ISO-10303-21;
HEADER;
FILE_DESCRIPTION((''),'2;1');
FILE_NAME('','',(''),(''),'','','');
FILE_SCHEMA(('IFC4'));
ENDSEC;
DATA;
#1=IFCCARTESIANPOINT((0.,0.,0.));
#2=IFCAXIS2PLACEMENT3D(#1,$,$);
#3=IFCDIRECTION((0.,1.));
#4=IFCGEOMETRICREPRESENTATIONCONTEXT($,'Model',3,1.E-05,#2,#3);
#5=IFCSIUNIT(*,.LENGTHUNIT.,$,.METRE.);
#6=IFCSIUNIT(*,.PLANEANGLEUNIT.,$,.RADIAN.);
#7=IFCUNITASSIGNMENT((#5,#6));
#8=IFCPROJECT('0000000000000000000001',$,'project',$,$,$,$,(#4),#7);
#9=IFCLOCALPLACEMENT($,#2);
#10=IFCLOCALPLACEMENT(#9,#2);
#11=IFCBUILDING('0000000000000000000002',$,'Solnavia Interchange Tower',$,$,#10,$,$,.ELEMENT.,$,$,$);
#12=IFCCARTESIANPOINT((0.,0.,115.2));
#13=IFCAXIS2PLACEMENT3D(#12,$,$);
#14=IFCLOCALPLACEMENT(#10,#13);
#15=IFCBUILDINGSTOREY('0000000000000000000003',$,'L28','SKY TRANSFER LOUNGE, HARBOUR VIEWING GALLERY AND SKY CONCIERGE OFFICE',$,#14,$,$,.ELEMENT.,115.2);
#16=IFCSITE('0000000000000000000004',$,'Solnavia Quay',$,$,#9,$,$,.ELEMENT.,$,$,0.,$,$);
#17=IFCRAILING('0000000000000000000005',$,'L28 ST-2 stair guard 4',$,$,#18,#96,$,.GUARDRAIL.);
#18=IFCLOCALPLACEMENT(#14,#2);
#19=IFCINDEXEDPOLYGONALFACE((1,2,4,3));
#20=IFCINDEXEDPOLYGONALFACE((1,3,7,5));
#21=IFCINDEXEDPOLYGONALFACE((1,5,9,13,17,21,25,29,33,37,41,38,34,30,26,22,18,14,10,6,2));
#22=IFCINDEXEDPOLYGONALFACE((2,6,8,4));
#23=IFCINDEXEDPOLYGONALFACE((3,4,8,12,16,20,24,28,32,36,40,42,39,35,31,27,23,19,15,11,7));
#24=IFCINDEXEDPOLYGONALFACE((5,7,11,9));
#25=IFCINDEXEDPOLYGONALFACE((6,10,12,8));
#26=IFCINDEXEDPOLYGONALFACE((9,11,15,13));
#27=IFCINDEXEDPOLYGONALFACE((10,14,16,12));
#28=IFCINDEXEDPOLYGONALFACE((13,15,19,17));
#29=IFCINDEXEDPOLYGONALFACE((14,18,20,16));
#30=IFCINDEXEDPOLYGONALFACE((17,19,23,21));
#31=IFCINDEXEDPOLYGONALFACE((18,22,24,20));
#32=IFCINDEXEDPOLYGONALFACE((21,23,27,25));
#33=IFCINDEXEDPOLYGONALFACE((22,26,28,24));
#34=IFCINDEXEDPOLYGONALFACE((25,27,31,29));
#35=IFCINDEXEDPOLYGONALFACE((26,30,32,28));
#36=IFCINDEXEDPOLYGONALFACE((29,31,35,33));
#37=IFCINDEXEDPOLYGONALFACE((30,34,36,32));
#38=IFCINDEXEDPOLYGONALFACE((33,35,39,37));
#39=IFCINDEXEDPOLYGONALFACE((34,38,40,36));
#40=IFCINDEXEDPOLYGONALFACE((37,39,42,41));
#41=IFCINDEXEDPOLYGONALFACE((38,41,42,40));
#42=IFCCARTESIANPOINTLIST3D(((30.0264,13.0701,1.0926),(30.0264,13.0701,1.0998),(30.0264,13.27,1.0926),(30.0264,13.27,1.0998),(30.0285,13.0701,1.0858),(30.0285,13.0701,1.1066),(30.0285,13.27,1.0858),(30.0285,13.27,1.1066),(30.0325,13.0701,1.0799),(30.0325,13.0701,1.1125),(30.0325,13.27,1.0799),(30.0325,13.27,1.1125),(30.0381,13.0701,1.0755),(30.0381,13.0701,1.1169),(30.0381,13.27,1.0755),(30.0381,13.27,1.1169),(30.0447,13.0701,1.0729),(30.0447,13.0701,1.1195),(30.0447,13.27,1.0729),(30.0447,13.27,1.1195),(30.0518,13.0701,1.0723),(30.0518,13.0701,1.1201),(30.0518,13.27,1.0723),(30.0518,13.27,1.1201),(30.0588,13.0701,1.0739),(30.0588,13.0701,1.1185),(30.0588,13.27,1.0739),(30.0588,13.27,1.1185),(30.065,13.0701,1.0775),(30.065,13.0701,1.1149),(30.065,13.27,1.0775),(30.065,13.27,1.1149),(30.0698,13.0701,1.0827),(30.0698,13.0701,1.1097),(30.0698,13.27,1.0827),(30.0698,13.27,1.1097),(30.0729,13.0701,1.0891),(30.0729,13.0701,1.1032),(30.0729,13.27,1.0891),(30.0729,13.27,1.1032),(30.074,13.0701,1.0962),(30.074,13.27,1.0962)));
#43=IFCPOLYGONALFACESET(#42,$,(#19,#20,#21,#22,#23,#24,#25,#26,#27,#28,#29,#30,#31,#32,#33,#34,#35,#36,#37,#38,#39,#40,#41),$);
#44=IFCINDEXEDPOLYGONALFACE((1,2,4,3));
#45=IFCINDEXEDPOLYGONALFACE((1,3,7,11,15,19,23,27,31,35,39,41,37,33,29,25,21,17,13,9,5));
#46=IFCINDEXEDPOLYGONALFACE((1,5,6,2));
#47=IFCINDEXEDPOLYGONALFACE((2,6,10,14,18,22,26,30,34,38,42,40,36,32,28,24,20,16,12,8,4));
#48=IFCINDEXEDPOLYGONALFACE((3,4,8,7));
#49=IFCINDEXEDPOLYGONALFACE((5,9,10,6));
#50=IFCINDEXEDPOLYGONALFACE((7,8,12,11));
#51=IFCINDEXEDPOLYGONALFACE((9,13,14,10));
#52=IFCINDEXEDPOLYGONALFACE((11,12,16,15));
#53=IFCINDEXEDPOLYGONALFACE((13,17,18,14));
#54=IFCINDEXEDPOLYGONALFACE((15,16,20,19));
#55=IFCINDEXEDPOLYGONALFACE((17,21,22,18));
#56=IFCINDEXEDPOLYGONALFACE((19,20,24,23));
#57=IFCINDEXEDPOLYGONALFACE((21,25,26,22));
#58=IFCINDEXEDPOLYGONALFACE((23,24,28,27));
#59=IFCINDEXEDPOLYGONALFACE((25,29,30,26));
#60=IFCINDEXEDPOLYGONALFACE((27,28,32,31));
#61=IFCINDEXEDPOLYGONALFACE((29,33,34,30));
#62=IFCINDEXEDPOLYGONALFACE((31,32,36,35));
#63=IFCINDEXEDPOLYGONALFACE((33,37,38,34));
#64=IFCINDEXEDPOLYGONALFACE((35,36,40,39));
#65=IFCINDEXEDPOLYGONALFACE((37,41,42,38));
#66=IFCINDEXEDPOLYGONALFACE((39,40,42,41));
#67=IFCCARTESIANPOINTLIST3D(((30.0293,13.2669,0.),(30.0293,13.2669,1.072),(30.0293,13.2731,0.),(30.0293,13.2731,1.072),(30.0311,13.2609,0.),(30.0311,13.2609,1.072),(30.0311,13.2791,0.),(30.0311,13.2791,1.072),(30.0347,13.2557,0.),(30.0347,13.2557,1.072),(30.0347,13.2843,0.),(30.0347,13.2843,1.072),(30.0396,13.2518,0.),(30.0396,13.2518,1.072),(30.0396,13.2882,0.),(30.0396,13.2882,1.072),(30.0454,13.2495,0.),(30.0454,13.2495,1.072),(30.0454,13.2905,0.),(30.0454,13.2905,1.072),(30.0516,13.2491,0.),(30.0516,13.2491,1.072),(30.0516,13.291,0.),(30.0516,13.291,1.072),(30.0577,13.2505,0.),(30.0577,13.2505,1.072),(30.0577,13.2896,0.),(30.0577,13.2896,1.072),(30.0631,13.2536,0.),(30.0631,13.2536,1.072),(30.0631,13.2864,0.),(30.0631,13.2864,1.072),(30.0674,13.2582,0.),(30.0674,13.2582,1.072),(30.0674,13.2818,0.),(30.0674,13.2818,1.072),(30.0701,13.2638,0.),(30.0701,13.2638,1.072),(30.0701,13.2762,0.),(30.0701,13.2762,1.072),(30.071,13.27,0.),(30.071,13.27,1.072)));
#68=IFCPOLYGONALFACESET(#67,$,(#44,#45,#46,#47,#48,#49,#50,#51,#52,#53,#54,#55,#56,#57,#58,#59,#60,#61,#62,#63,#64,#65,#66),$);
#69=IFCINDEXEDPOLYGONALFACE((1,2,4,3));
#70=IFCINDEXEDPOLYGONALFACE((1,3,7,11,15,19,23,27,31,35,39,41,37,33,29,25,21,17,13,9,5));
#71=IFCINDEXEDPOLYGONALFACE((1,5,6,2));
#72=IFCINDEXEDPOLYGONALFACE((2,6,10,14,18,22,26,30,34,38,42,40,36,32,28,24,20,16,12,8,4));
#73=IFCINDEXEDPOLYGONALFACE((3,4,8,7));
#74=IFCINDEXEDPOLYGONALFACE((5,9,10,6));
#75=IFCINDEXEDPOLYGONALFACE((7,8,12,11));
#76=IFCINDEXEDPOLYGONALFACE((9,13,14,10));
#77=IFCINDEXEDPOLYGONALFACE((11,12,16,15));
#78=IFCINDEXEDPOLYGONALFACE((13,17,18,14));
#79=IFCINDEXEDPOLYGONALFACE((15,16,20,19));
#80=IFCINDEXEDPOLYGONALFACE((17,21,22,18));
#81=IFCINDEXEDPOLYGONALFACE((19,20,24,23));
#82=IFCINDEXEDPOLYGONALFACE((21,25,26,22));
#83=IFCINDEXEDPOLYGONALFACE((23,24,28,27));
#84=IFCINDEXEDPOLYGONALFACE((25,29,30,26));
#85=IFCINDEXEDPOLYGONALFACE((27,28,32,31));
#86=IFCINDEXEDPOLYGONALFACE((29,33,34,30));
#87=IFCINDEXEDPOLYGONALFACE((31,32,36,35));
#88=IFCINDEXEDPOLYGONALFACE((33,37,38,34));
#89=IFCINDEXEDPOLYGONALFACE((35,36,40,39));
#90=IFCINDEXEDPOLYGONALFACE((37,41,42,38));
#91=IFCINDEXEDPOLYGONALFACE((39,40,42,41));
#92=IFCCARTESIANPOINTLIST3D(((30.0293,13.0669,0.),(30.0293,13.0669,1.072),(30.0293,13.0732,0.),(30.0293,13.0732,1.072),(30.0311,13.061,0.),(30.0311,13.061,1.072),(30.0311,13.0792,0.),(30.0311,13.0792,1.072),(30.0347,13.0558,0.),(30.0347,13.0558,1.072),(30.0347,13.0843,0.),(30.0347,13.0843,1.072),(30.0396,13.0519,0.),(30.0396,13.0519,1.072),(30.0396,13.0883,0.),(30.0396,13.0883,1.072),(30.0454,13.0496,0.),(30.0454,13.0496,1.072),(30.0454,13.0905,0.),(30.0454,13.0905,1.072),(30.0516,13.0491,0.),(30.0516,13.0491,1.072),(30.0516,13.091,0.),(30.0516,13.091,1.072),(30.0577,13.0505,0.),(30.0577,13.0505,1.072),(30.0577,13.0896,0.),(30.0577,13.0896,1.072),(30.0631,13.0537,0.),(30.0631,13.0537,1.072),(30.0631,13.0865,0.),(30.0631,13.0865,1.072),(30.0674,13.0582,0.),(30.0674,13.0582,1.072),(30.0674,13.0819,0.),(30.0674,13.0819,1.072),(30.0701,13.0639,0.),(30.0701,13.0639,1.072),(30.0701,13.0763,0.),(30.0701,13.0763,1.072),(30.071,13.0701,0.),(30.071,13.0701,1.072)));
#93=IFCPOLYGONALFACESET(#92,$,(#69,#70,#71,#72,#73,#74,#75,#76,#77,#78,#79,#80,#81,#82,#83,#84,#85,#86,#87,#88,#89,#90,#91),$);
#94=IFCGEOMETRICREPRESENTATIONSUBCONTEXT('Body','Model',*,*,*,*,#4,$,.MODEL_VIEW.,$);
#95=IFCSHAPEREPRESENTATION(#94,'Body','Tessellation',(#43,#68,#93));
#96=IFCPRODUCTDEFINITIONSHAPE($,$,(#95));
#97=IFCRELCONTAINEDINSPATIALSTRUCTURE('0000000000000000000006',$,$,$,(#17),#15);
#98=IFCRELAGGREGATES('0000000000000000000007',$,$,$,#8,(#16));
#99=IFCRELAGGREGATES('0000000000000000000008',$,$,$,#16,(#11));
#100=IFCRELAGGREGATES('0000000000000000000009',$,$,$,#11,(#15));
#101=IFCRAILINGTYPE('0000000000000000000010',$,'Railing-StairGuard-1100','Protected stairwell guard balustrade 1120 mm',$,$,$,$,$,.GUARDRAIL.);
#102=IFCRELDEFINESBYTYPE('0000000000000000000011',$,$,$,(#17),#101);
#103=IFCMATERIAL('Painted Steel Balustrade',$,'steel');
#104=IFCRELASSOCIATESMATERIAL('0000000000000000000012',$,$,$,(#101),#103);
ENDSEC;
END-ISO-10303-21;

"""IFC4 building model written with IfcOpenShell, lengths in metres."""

from ifc_helpers import new_model, si_unit, direction, frame, origin, origin_2d, place, context, subcontext, project, spatial, circle, extrude, material, type_object, element, save


model = new_model("IFC4")

# Units and contexts
model_context = context("Model", 3, precision=1e-05, world=origin(), true_north=direction((0.0, 1.0)))
body_context = subcontext(model_context, "Body", "Model", "MODEL_VIEW")
ifc_project = project(units=[si_unit("LENGTHUNIT", "METRE"), si_unit("PLANEANGLEUNIT", "RADIAN")], contexts=[model_context])

# Site, building, storey
site_placement = place(None, origin())
site = spatial("IfcSite", under=ifc_project, at=site_placement, Name="Solnavia Quay", CompositionType="ELEMENT", RefElevation=0.0)
building_placement = place(site_placement, origin())
building = spatial("IfcBuilding", under=site, at=building_placement, Name="Solnavia Interchange Tower", CompositionType="ELEMENT")
storey_placement = place(building_placement, frame((0.0, 0.0, 115.2)))
storey = spatial("IfcBuildingStorey", under=building, at=storey_placement, Name="L28", Description="SKY TRANSFER LOUNGE, HARBOUR VIEWING GALLERY AND SKY CONCIERGE OFFICE", CompositionType="ELEMENT", Elevation=115.2)

# Railing
ifc_material_1 = material(Name="Painted Steel Balustrade", Category="steel")
railing_type_1 = type_object("IfcRailingType", Name="Railing-StairGuard-1100", Description="Protected stairwell guard balustrade 1120 mm", PredefinedType="GUARDRAIL", material=ifc_material_1)
railing_1_placement = place(storey_placement, frame((30.05, 13.27, 0.0)))
element("IfcRailing", 1, at=railing_1_placement, inside=storey, type_object=railing_type_1, Name="L28 ST-2 stair guard 4", PredefinedType="GUARDRAIL", context=body_context, shape_type="SweptSolid", body=[
    extrude(circle(Radius=0.0239, at=origin_2d()), frame((0.0, 0.0, 1.0962), z_axis=(0.0, -1.0, 0.0), x_axis=(1.0, 0.0, 0.0)), (0.0, 0.0, 1.0), 0.2),
    extrude(circle(Radius=0.021, at=origin_2d()), origin(), (0.0, 0.0, 1.0), 1.072),
    extrude(circle(Radius=0.021, at=origin_2d()), frame((0.0, -0.2, 0.0)), (0.0, 0.0, 1.0), 1.072),
])

save(model, "model.ifc")
